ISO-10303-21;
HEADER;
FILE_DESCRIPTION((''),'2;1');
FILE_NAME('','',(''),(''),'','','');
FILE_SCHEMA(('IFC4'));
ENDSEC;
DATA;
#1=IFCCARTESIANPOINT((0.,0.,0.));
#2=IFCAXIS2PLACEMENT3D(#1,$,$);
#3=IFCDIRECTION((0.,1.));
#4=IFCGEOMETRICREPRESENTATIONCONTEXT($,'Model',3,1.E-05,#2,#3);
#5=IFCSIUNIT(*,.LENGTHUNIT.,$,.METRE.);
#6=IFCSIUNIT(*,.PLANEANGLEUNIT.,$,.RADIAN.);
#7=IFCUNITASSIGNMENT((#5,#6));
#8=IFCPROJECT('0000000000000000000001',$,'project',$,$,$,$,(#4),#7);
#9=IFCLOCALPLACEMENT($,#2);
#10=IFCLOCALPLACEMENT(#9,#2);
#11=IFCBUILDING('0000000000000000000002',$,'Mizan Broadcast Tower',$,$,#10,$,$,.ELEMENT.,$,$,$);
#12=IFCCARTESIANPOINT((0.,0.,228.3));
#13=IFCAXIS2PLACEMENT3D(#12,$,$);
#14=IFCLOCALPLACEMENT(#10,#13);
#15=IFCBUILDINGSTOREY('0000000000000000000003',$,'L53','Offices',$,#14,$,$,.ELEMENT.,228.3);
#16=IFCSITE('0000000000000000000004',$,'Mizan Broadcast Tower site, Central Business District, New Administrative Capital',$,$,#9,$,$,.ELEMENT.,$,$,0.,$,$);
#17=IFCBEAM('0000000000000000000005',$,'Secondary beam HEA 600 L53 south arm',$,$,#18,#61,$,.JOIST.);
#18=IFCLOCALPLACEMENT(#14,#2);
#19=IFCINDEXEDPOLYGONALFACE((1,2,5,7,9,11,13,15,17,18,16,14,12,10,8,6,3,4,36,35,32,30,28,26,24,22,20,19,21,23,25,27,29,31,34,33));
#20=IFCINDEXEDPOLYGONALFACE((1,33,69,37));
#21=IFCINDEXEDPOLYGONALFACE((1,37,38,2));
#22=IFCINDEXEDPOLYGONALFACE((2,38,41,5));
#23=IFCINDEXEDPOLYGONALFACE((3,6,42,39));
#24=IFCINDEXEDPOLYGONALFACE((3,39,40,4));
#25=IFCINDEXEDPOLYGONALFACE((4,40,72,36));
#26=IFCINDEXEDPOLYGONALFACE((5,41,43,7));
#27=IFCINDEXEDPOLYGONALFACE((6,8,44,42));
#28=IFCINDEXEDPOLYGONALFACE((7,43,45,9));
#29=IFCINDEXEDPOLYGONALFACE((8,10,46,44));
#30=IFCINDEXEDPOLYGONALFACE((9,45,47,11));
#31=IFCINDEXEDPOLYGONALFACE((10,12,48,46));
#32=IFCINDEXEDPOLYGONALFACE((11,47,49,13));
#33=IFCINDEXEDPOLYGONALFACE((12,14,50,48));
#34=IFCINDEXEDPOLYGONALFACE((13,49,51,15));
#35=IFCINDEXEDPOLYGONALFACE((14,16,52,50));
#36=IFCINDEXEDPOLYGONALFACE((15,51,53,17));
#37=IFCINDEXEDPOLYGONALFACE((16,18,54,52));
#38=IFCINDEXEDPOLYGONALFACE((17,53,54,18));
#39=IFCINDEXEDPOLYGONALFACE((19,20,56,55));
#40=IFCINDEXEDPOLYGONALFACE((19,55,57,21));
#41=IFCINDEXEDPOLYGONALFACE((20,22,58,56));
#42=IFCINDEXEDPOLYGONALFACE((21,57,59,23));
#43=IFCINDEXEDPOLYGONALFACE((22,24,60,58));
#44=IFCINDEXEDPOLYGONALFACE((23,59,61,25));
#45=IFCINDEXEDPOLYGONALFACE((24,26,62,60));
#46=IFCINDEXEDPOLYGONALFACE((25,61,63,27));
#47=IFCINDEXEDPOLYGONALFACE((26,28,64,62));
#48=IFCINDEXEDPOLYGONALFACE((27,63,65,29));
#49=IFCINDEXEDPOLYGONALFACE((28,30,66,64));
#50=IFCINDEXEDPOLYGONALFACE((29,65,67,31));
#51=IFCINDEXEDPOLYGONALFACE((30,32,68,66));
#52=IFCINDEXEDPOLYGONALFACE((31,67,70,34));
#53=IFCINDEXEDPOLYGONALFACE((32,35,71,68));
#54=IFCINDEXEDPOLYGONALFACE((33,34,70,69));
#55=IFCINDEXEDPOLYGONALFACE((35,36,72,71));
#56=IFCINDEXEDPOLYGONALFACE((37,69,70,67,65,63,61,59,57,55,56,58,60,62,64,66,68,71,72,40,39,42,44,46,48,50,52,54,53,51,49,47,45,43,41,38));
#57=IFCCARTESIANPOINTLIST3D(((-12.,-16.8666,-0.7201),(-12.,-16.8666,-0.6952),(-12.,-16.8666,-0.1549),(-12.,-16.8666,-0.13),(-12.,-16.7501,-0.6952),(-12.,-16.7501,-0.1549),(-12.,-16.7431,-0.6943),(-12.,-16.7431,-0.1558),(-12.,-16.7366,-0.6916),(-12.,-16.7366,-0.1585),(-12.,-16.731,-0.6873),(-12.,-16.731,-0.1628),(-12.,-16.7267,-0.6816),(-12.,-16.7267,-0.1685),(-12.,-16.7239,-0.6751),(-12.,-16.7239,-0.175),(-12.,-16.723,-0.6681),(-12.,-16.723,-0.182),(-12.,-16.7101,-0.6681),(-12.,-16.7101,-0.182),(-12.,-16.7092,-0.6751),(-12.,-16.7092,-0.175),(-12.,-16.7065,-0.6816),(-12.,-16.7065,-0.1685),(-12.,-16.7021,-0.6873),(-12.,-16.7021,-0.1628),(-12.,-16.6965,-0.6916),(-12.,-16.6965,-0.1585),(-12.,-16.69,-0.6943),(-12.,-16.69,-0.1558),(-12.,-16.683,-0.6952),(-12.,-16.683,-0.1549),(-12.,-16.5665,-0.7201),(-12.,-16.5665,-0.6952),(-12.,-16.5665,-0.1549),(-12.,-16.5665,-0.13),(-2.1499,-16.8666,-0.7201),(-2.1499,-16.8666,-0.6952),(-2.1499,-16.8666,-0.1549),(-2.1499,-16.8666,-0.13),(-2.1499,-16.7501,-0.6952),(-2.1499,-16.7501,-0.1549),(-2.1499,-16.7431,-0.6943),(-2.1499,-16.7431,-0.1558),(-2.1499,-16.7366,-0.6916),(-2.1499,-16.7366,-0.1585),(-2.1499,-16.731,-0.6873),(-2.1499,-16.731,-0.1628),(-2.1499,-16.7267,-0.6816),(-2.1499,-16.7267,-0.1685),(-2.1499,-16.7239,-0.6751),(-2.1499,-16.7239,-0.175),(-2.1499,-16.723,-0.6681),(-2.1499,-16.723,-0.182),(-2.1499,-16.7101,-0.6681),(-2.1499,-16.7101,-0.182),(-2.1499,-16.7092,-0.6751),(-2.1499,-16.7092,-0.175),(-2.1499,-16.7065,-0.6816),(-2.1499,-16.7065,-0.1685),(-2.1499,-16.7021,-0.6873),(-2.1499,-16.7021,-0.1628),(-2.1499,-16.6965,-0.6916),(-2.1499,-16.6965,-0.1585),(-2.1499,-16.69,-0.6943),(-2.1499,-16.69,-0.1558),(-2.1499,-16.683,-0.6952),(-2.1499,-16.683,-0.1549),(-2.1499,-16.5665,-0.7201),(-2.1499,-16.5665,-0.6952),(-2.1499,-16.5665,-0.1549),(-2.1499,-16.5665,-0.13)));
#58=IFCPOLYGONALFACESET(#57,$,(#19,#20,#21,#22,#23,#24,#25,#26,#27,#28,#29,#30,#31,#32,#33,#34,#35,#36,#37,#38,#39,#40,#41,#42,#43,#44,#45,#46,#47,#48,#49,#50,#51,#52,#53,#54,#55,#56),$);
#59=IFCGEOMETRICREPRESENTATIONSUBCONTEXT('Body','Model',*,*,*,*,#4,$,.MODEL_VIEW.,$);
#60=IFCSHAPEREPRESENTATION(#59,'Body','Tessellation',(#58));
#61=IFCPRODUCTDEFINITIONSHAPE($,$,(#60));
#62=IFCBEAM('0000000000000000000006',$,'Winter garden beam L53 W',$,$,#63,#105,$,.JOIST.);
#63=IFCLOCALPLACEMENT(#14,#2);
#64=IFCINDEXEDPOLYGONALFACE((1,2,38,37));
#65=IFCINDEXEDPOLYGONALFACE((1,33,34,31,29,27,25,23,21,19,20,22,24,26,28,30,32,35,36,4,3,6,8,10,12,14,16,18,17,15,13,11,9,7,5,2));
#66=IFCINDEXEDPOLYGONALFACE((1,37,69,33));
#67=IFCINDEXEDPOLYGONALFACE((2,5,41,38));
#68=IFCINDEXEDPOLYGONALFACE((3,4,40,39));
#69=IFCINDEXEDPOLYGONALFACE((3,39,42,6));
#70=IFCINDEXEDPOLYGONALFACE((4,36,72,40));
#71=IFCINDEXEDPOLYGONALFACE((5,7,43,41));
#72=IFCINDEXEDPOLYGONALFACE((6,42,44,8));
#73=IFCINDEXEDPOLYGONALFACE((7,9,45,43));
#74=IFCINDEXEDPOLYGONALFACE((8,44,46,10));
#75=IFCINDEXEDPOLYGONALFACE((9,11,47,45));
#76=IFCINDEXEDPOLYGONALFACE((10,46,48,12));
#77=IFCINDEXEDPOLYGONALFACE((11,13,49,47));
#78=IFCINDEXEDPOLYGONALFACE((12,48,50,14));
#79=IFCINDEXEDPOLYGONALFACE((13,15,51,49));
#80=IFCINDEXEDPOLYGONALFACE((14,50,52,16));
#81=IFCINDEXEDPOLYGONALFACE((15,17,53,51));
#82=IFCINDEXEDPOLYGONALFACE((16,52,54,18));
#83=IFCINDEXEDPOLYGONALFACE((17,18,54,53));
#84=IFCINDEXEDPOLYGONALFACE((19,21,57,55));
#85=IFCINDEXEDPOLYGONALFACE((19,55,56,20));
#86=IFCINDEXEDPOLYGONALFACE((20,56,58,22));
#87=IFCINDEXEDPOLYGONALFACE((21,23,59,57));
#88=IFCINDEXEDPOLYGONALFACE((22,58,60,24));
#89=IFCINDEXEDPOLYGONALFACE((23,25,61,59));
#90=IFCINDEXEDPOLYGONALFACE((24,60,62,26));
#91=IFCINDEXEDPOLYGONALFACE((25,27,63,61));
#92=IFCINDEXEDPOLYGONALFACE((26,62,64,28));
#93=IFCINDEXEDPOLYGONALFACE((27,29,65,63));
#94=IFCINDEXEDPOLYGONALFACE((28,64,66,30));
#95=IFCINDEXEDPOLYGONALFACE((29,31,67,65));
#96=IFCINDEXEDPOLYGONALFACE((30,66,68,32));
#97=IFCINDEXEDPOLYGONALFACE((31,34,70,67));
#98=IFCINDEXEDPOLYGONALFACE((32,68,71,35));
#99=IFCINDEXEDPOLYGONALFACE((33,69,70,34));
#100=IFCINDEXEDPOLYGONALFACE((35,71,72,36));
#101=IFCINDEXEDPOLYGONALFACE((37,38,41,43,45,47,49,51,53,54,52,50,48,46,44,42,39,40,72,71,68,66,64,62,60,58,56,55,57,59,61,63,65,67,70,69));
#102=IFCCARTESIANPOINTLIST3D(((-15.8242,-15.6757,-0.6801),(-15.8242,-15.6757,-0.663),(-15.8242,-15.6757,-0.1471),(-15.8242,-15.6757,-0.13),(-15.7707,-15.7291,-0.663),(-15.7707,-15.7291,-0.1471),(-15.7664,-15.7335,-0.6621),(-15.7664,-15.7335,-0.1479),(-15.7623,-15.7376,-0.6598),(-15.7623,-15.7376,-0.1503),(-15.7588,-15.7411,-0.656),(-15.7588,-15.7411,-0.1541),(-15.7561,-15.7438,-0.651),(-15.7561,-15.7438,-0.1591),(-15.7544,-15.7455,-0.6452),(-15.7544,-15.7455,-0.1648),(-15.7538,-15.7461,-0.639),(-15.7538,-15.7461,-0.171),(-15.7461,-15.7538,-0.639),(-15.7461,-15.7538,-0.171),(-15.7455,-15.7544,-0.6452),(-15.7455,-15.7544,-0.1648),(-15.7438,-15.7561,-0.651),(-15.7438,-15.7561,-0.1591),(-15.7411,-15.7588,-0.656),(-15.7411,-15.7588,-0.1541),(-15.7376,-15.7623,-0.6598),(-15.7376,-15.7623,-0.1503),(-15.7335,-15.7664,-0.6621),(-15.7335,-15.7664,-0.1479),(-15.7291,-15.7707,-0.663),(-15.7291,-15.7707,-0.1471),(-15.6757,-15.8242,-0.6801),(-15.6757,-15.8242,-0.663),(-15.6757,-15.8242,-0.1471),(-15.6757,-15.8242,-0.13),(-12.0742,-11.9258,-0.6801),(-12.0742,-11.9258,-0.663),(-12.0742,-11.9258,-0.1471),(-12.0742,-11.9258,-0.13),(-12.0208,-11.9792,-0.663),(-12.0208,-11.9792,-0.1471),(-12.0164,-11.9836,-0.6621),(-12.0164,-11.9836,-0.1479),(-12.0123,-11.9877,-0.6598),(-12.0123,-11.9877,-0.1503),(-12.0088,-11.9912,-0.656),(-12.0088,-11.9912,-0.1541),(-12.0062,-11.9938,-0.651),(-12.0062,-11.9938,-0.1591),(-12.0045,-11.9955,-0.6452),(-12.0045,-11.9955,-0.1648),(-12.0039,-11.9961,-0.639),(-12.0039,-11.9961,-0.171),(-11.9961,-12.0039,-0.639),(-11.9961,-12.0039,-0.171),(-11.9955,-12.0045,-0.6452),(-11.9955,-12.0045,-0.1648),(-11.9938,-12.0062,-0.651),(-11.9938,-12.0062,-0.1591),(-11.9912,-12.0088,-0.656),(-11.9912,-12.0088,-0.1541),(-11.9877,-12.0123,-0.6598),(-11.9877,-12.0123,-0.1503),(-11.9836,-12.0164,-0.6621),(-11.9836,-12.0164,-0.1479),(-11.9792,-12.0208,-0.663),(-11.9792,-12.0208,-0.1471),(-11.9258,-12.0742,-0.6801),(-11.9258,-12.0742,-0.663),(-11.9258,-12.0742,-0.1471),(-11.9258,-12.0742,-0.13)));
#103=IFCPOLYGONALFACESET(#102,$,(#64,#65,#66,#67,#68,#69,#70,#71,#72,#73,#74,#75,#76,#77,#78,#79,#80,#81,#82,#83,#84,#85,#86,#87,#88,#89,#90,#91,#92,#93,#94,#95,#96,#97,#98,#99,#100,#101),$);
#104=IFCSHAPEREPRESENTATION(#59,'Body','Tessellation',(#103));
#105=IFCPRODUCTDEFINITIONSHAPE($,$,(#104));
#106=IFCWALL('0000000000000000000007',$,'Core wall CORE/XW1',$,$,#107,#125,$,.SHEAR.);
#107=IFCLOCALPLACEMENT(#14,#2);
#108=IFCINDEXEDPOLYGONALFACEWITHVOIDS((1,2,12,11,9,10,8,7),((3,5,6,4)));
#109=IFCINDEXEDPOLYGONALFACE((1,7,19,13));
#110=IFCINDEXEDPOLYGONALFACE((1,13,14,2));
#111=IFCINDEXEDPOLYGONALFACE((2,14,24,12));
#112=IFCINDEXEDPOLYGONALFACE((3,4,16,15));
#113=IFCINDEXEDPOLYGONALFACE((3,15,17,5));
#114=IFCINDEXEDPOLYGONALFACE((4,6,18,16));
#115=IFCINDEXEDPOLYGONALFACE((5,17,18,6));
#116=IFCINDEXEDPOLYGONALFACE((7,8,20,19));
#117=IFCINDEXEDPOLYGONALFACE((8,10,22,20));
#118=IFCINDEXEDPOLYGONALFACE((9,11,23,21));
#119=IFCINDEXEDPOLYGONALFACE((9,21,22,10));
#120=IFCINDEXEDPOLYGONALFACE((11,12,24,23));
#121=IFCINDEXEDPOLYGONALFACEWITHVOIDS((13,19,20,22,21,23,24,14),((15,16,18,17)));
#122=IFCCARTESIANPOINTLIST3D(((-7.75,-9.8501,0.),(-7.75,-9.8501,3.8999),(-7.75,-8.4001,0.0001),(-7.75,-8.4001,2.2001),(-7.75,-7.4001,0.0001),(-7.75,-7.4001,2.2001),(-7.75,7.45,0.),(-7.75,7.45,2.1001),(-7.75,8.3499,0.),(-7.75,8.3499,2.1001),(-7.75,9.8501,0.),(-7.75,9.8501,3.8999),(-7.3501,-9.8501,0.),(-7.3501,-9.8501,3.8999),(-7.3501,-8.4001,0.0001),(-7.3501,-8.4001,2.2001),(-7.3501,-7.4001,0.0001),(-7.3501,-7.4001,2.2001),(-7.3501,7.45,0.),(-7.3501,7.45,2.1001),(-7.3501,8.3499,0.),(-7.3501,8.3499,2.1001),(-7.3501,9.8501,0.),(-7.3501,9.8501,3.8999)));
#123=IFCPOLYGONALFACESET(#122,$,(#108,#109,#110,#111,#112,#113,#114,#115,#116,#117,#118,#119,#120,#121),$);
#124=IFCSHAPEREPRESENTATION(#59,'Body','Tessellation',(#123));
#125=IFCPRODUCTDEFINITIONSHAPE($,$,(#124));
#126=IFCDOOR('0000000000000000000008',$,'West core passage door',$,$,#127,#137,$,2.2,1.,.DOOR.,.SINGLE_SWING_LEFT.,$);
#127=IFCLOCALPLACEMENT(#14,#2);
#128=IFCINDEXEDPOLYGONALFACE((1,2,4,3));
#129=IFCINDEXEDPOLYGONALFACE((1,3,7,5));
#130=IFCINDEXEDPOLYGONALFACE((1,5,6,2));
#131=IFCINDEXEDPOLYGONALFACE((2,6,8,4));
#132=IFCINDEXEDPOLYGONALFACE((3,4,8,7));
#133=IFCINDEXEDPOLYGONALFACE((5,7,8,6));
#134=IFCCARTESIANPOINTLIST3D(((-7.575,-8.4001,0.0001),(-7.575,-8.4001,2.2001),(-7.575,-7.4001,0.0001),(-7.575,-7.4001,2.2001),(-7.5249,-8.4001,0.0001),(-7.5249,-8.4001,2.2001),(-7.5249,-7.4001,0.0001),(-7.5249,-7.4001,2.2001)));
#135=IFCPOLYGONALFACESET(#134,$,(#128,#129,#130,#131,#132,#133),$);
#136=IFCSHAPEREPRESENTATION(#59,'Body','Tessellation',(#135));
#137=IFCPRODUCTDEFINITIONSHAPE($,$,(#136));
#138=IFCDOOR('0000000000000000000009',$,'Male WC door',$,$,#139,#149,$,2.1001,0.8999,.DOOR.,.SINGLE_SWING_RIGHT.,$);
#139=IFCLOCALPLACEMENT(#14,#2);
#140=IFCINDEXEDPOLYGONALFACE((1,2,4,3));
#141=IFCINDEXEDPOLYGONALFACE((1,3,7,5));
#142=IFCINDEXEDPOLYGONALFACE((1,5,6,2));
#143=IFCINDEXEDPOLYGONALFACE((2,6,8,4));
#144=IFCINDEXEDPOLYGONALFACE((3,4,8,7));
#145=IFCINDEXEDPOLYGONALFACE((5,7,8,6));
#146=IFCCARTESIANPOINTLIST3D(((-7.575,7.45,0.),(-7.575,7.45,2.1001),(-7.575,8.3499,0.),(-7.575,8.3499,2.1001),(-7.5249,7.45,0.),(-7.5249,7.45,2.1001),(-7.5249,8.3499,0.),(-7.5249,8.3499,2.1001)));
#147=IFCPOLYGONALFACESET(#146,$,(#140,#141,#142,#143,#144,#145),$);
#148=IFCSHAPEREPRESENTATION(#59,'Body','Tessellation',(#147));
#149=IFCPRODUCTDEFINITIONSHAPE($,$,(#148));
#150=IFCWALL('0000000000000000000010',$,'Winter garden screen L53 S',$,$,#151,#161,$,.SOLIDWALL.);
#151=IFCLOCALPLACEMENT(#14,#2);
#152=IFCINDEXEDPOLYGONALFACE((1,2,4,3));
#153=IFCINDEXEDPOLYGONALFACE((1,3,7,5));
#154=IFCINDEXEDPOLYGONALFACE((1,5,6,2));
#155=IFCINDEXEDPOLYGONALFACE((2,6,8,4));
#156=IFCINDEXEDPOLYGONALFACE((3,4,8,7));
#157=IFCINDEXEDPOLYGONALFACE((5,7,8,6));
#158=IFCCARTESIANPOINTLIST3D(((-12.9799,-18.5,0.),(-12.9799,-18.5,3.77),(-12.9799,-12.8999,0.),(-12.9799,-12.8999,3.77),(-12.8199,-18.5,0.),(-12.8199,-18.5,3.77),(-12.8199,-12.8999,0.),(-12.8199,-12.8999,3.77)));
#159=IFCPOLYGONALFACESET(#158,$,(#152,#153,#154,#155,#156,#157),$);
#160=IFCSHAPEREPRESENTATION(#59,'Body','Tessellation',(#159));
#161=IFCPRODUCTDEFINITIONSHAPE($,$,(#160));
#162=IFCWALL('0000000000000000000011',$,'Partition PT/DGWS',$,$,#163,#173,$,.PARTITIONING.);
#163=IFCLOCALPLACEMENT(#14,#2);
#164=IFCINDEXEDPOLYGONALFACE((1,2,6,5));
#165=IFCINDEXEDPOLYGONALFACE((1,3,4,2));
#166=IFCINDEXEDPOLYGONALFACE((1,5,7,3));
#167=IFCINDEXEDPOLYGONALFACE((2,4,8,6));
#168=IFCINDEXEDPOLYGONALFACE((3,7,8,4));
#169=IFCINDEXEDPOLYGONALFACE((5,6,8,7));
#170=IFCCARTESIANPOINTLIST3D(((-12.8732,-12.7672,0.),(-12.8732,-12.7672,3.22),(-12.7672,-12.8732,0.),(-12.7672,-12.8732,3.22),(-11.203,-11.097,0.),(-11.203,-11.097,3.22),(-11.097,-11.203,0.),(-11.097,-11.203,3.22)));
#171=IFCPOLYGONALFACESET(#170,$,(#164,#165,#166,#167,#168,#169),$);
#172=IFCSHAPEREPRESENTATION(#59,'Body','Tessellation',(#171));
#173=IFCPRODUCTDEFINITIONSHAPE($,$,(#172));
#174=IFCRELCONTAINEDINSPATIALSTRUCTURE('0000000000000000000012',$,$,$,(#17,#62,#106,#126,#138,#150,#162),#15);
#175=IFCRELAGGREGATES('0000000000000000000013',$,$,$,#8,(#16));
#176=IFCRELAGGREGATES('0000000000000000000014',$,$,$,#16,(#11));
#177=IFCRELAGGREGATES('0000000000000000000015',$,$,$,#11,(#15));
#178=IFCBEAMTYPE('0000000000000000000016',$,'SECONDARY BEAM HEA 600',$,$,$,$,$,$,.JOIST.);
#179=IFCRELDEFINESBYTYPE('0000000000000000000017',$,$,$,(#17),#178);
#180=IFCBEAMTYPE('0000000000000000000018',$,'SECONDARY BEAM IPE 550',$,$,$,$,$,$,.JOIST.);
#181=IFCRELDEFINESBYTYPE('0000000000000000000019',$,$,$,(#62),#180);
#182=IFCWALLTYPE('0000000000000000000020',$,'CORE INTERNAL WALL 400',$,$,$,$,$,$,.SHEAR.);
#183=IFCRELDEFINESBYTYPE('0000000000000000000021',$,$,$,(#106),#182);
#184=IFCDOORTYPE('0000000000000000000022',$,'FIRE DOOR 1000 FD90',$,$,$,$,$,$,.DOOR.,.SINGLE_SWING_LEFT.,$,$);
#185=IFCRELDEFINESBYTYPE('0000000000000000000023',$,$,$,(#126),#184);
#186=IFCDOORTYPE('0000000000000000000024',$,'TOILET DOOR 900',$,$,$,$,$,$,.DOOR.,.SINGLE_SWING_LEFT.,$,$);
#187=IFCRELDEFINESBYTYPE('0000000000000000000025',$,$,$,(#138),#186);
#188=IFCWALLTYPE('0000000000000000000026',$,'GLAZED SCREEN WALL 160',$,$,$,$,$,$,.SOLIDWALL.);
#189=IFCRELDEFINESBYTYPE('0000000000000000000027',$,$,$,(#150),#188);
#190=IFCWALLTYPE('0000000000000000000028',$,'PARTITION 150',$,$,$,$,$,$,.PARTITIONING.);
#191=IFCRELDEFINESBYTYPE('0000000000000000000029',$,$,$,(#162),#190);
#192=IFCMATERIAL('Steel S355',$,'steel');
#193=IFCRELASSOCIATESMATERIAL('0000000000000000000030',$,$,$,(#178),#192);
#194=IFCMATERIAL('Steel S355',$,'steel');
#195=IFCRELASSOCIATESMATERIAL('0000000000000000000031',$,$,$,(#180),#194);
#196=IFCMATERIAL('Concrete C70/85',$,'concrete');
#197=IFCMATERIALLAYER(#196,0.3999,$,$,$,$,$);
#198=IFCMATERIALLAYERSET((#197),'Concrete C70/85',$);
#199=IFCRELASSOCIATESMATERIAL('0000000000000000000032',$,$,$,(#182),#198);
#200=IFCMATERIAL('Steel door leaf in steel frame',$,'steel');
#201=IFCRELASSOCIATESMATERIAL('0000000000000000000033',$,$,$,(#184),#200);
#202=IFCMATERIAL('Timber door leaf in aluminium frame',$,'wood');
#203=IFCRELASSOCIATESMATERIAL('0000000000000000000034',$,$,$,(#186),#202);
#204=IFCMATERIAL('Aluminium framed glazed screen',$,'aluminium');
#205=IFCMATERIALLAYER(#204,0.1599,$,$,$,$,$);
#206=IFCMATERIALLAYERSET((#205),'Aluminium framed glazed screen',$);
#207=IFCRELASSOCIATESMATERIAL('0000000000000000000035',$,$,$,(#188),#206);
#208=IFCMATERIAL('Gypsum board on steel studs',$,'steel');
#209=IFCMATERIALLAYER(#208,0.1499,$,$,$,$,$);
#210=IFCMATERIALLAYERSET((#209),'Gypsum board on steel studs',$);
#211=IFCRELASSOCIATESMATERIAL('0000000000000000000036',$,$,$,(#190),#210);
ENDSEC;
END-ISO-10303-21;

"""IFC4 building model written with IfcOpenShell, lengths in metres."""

from ifc_helpers import new_model, si_unit, direction, frame, frame_2d, origin, origin_2d, place, context, subcontext, project, spatial, rectangle, i_section, extrude, material, layer, layer_set, material_profile, profile_set, type_object, element, fill, save


model = new_model("IFC4")

# Units and contexts
model_context = context("Model", 3, precision=1e-05, world=origin(), true_north=direction((0.0, 1.0)))
body_context = subcontext(model_context, "Body", "Model", "MODEL_VIEW")
ifc_project = project(units=[si_unit("LENGTHUNIT", "METRE"), si_unit("PLANEANGLEUNIT", "RADIAN")], contexts=[model_context])

# Site, building, storey
site_placement = place(None, origin())
site = spatial("IfcSite", under=ifc_project, at=site_placement, Name="Mizan Broadcast Tower site, Central Business District, New Administrative Capital", CompositionType="ELEMENT", RefElevation=0.0)
building_placement = place(site_placement, origin())
building = spatial("IfcBuilding", under=site, at=building_placement, Name="Mizan Broadcast Tower", CompositionType="ELEMENT")
storey_placement = place(building_placement, frame((0.0, 0.0, 228.3)))
storey = spatial("IfcBuildingStorey", under=building, at=storey_placement, Name="L53", Description="Offices", CompositionType="ELEMENT", Elevation=228.3)

# Beams
ifc_material_1 = material(Name="Steel S355", Category="steel")
ifc_material_profile_1 = material_profile(ifc_material_1, i_section(OverallWidth=0.3, OverallDepth=0.5901, WebThickness=0.0129, FlangeThickness=0.0249, FilletRadius=0.0271, at=origin_2d()), Name="HEA 600")
ifc_profile_set_1 = profile_set([ifc_material_profile_1], Name="Steel S355")
beam_type_1 = type_object("IfcBeamType", Name="SECONDARY BEAM HEA 600", PredefinedType="JOIST", material=ifc_profile_set_1)
for number, where, z_axis, x_axis, name in (
    (1, (-12.0, -16.7166, -0.425), (1.0, 0.0, 0.0), (0.0, 1.0, 0.0), "Secondary beam HEA 600 L53 south arm"),
):
    element("IfcBeam", number, at=place(storey_placement, frame(where, z_axis=z_axis, x_axis=x_axis)), inside=storey, type_object=beam_type_1, Name=name, PredefinedType="JOIST", context=body_context, shape_type="SweptSolid", body=[
        extrude(i_section(OverallWidth=0.3, OverallDepth=0.5901, WebThickness=0.0129, FlangeThickness=0.0249, FilletRadius=0.0271, at=origin_2d()), origin(), (0.0, 0.0, 1.0), 9.8501),
    ])
ifc_material_2 = material(Name="Steel S355", Category="steel")
ifc_material_profile_2 = material_profile(ifc_material_2, i_section(OverallWidth=0.21, OverallDepth=0.55, WebThickness=0.011, FlangeThickness=0.0171, FilletRadius=0.0239, at=origin_2d()), Name="IPE 550")
ifc_profile_set_2 = profile_set([ifc_material_profile_2], Name="Steel S355")
beam_type_2 = type_object("IfcBeamType", Name="SECONDARY BEAM IPE 550", PredefinedType="JOIST", material=ifc_profile_set_2)
beam_1_placement = place(storey_placement, frame((-12.0, -12.0, -0.405), z_axis=(-0.707107, -0.707107, 0.0), x_axis=(0.707107, -0.707107, 0.0)))
element("IfcBeam", 2, at=beam_1_placement, inside=storey, type_object=beam_type_2, Name="Winter garden beam L53 W", PredefinedType="JOIST", context=body_context, shape_type="SweptSolid", body=[
    extrude(i_section(OverallWidth=0.21, OverallDepth=0.55, WebThickness=0.011, FlangeThickness=0.0171, FilletRadius=0.0239, at=origin_2d()), origin(), (0.0, 0.0, 1.0), 5.3032),
])

# Wall, openings, doors
ifc_material_3 = material(Name="Concrete C70/85", Category="concrete")
ifc_layer_1 = layer(ifc_material_3, 0.3999)
ifc_layer_set_1 = layer_set([ifc_layer_1], Name="Concrete C70/85")
wall_type_1 = type_object("IfcWallType", Name="CORE INTERNAL WALL 400", PredefinedType="SHEAR", material=ifc_layer_set_1)
wall_1_placement = place(storey_placement, frame((-7.55, -9.8501, 0.0), z_axis=(0.0, 0.0, 1.0), x_axis=(0.0, 1.0, 0.0)))
wall_1 = element("IfcWall", 3, at=wall_1_placement, inside=storey, type_object=wall_type_1, Name="Core wall CORE/XW1", PredefinedType="SHEAR", context=body_context, shape_type="SweptSolid", body=[
    extrude(rectangle(XDim=19.7002, YDim=0.3999, at=frame_2d((9.8501, 0.0))), origin(), (0.0, 0.0, 1.0), 3.8999),
])
opening_1_placement = place(wall_1_placement, frame((1.45, 0.0, 0.0)))
opening_1 = element("IfcOpeningElement", 4, at=opening_1_placement, cuts=wall_1, PredefinedType="OPENING", context=body_context, shape_type="SweptSolid", body=[
    extrude(rectangle(XDim=1.0, YDim=2.2, at=frame_2d((0.5, 1.1001))), frame((0.0, 0.21, 0.0), z_axis=(0.0, -1.0, 0.0), x_axis=(1.0, 0.0, 0.0)), (0.0, 0.0, 1.0), 0.4199),
])
opening_2_placement = place(wall_1_placement, frame((17.3, 0.0, 0.0)))
opening_2 = element("IfcOpeningElement", 5, at=opening_2_placement, cuts=wall_1, PredefinedType="OPENING", context=body_context, shape_type="SweptSolid", body=[
    extrude(rectangle(XDim=0.8999, YDim=2.1001, at=frame_2d((0.45, 1.05))), frame((0.0, 0.21, 0.0), z_axis=(0.0, -1.0, 0.0), x_axis=(1.0, 0.0, 0.0)), (0.0, 0.0, 1.0), 0.4199),
])
ifc_material_4 = material(Name="Steel door leaf in steel frame", Category="steel")
door_type_1 = type_object("IfcDoorType", Name="FIRE DOOR 1000 FD90", OperationType="SINGLE_SWING_LEFT", PredefinedType="DOOR", material=ifc_material_4)
door_1_placement = place(opening_1_placement, origin())
door_1 = element("IfcDoor", 6, at=door_1_placement, inside=storey, type_object=door_type_1, Name="West core passage door", OperationType="SINGLE_SWING_LEFT", OverallHeight=2.2, OverallWidth=1.0, PredefinedType="DOOR", context=body_context, shape_type="SweptSolid", body=[
    extrude(rectangle(XDim=1.0, YDim=2.2, at=frame_2d((0.5, 1.1001))), frame((0.0, 0.0249, 0.0), z_axis=(0.0, -1.0, 0.0), x_axis=(1.0, 0.0, 0.0)), (0.0, 0.0, 1.0), 0.05),
])
fill(opening_1, door_1)
ifc_material_5 = material(Name="Timber door leaf in aluminium frame", Category="wood")
door_type_2 = type_object("IfcDoorType", Name="TOILET DOOR 900", OperationType="SINGLE_SWING_LEFT", PredefinedType="DOOR", material=ifc_material_5)
door_2_placement = place(opening_2_placement, origin())
door_2 = element("IfcDoor", 7, at=door_2_placement, inside=storey, type_object=door_type_2, Name="Male WC door", OperationType="SINGLE_SWING_RIGHT", OverallHeight=2.1001, OverallWidth=0.8999, PredefinedType="DOOR", context=body_context, shape_type="SweptSolid", body=[
    extrude(rectangle(XDim=0.8999, YDim=2.1001, at=frame_2d((0.45, 1.05))), frame((0.0, 0.0249, 0.0), z_axis=(0.0, -1.0, 0.0), x_axis=(1.0, 0.0, 0.0)), (0.0, 0.0, 1.0), 0.05),
])
fill(opening_2, door_2)

# Walls
ifc_material_6 = material(Name="Aluminium framed glazed screen", Category="aluminium")
ifc_layer_2 = layer(ifc_material_6, 0.1599)
ifc_layer_set_2 = layer_set([ifc_layer_2], Name="Aluminium framed glazed screen")
wall_type_2 = type_object("IfcWallType", Name="GLAZED SCREEN WALL 160", PredefinedType="SOLIDWALL", material=ifc_layer_set_2)
wall_2_placement = place(storey_placement, frame((-12.8999, -12.8999, 0.0), z_axis=(0.0, 0.0, 1.0), x_axis=(0.0, -1.0, 0.0)))
element("IfcWall", 8, at=wall_2_placement, inside=storey, type_object=wall_type_2, Name="Winter garden screen L53 S", PredefinedType="SOLIDWALL", context=body_context, shape_type="SweptSolid", body=[
    extrude(rectangle(XDim=5.6001, YDim=0.1599, at=frame_2d((2.8, 0.0))), origin(), (0.0, 0.0, 1.0), 3.77),
])
ifc_material_7 = material(Name="Gypsum board on steel studs", Category="steel")
ifc_layer_3 = layer(ifc_material_7, 0.1499)
ifc_layer_set_3 = layer_set([ifc_layer_3], Name="Gypsum board on steel studs")
wall_type_3 = type_object("IfcWallType", Name="PARTITION 150", PredefinedType="PARTITIONING", material=ifc_layer_set_3)
wall_3_placement = place(storey_placement, frame((-11.1499, -11.1499, 0.0), z_axis=(0.0, 0.0, 1.0), x_axis=(-0.707107, -0.707107, 0.0)))
element("IfcWall", 9, at=wall_3_placement, inside=storey, type_object=wall_type_3, Name="Partition PT/DGWS", PredefinedType="PARTITIONING", context=body_context, shape_type="SweptSolid", body=[
    extrude(rectangle(XDim=2.3621, YDim=0.1499, at=frame_2d((1.1812, 0.0))), origin(), (0.0, 0.0, 1.0), 3.22),
])

save(model, "model.ifc")
